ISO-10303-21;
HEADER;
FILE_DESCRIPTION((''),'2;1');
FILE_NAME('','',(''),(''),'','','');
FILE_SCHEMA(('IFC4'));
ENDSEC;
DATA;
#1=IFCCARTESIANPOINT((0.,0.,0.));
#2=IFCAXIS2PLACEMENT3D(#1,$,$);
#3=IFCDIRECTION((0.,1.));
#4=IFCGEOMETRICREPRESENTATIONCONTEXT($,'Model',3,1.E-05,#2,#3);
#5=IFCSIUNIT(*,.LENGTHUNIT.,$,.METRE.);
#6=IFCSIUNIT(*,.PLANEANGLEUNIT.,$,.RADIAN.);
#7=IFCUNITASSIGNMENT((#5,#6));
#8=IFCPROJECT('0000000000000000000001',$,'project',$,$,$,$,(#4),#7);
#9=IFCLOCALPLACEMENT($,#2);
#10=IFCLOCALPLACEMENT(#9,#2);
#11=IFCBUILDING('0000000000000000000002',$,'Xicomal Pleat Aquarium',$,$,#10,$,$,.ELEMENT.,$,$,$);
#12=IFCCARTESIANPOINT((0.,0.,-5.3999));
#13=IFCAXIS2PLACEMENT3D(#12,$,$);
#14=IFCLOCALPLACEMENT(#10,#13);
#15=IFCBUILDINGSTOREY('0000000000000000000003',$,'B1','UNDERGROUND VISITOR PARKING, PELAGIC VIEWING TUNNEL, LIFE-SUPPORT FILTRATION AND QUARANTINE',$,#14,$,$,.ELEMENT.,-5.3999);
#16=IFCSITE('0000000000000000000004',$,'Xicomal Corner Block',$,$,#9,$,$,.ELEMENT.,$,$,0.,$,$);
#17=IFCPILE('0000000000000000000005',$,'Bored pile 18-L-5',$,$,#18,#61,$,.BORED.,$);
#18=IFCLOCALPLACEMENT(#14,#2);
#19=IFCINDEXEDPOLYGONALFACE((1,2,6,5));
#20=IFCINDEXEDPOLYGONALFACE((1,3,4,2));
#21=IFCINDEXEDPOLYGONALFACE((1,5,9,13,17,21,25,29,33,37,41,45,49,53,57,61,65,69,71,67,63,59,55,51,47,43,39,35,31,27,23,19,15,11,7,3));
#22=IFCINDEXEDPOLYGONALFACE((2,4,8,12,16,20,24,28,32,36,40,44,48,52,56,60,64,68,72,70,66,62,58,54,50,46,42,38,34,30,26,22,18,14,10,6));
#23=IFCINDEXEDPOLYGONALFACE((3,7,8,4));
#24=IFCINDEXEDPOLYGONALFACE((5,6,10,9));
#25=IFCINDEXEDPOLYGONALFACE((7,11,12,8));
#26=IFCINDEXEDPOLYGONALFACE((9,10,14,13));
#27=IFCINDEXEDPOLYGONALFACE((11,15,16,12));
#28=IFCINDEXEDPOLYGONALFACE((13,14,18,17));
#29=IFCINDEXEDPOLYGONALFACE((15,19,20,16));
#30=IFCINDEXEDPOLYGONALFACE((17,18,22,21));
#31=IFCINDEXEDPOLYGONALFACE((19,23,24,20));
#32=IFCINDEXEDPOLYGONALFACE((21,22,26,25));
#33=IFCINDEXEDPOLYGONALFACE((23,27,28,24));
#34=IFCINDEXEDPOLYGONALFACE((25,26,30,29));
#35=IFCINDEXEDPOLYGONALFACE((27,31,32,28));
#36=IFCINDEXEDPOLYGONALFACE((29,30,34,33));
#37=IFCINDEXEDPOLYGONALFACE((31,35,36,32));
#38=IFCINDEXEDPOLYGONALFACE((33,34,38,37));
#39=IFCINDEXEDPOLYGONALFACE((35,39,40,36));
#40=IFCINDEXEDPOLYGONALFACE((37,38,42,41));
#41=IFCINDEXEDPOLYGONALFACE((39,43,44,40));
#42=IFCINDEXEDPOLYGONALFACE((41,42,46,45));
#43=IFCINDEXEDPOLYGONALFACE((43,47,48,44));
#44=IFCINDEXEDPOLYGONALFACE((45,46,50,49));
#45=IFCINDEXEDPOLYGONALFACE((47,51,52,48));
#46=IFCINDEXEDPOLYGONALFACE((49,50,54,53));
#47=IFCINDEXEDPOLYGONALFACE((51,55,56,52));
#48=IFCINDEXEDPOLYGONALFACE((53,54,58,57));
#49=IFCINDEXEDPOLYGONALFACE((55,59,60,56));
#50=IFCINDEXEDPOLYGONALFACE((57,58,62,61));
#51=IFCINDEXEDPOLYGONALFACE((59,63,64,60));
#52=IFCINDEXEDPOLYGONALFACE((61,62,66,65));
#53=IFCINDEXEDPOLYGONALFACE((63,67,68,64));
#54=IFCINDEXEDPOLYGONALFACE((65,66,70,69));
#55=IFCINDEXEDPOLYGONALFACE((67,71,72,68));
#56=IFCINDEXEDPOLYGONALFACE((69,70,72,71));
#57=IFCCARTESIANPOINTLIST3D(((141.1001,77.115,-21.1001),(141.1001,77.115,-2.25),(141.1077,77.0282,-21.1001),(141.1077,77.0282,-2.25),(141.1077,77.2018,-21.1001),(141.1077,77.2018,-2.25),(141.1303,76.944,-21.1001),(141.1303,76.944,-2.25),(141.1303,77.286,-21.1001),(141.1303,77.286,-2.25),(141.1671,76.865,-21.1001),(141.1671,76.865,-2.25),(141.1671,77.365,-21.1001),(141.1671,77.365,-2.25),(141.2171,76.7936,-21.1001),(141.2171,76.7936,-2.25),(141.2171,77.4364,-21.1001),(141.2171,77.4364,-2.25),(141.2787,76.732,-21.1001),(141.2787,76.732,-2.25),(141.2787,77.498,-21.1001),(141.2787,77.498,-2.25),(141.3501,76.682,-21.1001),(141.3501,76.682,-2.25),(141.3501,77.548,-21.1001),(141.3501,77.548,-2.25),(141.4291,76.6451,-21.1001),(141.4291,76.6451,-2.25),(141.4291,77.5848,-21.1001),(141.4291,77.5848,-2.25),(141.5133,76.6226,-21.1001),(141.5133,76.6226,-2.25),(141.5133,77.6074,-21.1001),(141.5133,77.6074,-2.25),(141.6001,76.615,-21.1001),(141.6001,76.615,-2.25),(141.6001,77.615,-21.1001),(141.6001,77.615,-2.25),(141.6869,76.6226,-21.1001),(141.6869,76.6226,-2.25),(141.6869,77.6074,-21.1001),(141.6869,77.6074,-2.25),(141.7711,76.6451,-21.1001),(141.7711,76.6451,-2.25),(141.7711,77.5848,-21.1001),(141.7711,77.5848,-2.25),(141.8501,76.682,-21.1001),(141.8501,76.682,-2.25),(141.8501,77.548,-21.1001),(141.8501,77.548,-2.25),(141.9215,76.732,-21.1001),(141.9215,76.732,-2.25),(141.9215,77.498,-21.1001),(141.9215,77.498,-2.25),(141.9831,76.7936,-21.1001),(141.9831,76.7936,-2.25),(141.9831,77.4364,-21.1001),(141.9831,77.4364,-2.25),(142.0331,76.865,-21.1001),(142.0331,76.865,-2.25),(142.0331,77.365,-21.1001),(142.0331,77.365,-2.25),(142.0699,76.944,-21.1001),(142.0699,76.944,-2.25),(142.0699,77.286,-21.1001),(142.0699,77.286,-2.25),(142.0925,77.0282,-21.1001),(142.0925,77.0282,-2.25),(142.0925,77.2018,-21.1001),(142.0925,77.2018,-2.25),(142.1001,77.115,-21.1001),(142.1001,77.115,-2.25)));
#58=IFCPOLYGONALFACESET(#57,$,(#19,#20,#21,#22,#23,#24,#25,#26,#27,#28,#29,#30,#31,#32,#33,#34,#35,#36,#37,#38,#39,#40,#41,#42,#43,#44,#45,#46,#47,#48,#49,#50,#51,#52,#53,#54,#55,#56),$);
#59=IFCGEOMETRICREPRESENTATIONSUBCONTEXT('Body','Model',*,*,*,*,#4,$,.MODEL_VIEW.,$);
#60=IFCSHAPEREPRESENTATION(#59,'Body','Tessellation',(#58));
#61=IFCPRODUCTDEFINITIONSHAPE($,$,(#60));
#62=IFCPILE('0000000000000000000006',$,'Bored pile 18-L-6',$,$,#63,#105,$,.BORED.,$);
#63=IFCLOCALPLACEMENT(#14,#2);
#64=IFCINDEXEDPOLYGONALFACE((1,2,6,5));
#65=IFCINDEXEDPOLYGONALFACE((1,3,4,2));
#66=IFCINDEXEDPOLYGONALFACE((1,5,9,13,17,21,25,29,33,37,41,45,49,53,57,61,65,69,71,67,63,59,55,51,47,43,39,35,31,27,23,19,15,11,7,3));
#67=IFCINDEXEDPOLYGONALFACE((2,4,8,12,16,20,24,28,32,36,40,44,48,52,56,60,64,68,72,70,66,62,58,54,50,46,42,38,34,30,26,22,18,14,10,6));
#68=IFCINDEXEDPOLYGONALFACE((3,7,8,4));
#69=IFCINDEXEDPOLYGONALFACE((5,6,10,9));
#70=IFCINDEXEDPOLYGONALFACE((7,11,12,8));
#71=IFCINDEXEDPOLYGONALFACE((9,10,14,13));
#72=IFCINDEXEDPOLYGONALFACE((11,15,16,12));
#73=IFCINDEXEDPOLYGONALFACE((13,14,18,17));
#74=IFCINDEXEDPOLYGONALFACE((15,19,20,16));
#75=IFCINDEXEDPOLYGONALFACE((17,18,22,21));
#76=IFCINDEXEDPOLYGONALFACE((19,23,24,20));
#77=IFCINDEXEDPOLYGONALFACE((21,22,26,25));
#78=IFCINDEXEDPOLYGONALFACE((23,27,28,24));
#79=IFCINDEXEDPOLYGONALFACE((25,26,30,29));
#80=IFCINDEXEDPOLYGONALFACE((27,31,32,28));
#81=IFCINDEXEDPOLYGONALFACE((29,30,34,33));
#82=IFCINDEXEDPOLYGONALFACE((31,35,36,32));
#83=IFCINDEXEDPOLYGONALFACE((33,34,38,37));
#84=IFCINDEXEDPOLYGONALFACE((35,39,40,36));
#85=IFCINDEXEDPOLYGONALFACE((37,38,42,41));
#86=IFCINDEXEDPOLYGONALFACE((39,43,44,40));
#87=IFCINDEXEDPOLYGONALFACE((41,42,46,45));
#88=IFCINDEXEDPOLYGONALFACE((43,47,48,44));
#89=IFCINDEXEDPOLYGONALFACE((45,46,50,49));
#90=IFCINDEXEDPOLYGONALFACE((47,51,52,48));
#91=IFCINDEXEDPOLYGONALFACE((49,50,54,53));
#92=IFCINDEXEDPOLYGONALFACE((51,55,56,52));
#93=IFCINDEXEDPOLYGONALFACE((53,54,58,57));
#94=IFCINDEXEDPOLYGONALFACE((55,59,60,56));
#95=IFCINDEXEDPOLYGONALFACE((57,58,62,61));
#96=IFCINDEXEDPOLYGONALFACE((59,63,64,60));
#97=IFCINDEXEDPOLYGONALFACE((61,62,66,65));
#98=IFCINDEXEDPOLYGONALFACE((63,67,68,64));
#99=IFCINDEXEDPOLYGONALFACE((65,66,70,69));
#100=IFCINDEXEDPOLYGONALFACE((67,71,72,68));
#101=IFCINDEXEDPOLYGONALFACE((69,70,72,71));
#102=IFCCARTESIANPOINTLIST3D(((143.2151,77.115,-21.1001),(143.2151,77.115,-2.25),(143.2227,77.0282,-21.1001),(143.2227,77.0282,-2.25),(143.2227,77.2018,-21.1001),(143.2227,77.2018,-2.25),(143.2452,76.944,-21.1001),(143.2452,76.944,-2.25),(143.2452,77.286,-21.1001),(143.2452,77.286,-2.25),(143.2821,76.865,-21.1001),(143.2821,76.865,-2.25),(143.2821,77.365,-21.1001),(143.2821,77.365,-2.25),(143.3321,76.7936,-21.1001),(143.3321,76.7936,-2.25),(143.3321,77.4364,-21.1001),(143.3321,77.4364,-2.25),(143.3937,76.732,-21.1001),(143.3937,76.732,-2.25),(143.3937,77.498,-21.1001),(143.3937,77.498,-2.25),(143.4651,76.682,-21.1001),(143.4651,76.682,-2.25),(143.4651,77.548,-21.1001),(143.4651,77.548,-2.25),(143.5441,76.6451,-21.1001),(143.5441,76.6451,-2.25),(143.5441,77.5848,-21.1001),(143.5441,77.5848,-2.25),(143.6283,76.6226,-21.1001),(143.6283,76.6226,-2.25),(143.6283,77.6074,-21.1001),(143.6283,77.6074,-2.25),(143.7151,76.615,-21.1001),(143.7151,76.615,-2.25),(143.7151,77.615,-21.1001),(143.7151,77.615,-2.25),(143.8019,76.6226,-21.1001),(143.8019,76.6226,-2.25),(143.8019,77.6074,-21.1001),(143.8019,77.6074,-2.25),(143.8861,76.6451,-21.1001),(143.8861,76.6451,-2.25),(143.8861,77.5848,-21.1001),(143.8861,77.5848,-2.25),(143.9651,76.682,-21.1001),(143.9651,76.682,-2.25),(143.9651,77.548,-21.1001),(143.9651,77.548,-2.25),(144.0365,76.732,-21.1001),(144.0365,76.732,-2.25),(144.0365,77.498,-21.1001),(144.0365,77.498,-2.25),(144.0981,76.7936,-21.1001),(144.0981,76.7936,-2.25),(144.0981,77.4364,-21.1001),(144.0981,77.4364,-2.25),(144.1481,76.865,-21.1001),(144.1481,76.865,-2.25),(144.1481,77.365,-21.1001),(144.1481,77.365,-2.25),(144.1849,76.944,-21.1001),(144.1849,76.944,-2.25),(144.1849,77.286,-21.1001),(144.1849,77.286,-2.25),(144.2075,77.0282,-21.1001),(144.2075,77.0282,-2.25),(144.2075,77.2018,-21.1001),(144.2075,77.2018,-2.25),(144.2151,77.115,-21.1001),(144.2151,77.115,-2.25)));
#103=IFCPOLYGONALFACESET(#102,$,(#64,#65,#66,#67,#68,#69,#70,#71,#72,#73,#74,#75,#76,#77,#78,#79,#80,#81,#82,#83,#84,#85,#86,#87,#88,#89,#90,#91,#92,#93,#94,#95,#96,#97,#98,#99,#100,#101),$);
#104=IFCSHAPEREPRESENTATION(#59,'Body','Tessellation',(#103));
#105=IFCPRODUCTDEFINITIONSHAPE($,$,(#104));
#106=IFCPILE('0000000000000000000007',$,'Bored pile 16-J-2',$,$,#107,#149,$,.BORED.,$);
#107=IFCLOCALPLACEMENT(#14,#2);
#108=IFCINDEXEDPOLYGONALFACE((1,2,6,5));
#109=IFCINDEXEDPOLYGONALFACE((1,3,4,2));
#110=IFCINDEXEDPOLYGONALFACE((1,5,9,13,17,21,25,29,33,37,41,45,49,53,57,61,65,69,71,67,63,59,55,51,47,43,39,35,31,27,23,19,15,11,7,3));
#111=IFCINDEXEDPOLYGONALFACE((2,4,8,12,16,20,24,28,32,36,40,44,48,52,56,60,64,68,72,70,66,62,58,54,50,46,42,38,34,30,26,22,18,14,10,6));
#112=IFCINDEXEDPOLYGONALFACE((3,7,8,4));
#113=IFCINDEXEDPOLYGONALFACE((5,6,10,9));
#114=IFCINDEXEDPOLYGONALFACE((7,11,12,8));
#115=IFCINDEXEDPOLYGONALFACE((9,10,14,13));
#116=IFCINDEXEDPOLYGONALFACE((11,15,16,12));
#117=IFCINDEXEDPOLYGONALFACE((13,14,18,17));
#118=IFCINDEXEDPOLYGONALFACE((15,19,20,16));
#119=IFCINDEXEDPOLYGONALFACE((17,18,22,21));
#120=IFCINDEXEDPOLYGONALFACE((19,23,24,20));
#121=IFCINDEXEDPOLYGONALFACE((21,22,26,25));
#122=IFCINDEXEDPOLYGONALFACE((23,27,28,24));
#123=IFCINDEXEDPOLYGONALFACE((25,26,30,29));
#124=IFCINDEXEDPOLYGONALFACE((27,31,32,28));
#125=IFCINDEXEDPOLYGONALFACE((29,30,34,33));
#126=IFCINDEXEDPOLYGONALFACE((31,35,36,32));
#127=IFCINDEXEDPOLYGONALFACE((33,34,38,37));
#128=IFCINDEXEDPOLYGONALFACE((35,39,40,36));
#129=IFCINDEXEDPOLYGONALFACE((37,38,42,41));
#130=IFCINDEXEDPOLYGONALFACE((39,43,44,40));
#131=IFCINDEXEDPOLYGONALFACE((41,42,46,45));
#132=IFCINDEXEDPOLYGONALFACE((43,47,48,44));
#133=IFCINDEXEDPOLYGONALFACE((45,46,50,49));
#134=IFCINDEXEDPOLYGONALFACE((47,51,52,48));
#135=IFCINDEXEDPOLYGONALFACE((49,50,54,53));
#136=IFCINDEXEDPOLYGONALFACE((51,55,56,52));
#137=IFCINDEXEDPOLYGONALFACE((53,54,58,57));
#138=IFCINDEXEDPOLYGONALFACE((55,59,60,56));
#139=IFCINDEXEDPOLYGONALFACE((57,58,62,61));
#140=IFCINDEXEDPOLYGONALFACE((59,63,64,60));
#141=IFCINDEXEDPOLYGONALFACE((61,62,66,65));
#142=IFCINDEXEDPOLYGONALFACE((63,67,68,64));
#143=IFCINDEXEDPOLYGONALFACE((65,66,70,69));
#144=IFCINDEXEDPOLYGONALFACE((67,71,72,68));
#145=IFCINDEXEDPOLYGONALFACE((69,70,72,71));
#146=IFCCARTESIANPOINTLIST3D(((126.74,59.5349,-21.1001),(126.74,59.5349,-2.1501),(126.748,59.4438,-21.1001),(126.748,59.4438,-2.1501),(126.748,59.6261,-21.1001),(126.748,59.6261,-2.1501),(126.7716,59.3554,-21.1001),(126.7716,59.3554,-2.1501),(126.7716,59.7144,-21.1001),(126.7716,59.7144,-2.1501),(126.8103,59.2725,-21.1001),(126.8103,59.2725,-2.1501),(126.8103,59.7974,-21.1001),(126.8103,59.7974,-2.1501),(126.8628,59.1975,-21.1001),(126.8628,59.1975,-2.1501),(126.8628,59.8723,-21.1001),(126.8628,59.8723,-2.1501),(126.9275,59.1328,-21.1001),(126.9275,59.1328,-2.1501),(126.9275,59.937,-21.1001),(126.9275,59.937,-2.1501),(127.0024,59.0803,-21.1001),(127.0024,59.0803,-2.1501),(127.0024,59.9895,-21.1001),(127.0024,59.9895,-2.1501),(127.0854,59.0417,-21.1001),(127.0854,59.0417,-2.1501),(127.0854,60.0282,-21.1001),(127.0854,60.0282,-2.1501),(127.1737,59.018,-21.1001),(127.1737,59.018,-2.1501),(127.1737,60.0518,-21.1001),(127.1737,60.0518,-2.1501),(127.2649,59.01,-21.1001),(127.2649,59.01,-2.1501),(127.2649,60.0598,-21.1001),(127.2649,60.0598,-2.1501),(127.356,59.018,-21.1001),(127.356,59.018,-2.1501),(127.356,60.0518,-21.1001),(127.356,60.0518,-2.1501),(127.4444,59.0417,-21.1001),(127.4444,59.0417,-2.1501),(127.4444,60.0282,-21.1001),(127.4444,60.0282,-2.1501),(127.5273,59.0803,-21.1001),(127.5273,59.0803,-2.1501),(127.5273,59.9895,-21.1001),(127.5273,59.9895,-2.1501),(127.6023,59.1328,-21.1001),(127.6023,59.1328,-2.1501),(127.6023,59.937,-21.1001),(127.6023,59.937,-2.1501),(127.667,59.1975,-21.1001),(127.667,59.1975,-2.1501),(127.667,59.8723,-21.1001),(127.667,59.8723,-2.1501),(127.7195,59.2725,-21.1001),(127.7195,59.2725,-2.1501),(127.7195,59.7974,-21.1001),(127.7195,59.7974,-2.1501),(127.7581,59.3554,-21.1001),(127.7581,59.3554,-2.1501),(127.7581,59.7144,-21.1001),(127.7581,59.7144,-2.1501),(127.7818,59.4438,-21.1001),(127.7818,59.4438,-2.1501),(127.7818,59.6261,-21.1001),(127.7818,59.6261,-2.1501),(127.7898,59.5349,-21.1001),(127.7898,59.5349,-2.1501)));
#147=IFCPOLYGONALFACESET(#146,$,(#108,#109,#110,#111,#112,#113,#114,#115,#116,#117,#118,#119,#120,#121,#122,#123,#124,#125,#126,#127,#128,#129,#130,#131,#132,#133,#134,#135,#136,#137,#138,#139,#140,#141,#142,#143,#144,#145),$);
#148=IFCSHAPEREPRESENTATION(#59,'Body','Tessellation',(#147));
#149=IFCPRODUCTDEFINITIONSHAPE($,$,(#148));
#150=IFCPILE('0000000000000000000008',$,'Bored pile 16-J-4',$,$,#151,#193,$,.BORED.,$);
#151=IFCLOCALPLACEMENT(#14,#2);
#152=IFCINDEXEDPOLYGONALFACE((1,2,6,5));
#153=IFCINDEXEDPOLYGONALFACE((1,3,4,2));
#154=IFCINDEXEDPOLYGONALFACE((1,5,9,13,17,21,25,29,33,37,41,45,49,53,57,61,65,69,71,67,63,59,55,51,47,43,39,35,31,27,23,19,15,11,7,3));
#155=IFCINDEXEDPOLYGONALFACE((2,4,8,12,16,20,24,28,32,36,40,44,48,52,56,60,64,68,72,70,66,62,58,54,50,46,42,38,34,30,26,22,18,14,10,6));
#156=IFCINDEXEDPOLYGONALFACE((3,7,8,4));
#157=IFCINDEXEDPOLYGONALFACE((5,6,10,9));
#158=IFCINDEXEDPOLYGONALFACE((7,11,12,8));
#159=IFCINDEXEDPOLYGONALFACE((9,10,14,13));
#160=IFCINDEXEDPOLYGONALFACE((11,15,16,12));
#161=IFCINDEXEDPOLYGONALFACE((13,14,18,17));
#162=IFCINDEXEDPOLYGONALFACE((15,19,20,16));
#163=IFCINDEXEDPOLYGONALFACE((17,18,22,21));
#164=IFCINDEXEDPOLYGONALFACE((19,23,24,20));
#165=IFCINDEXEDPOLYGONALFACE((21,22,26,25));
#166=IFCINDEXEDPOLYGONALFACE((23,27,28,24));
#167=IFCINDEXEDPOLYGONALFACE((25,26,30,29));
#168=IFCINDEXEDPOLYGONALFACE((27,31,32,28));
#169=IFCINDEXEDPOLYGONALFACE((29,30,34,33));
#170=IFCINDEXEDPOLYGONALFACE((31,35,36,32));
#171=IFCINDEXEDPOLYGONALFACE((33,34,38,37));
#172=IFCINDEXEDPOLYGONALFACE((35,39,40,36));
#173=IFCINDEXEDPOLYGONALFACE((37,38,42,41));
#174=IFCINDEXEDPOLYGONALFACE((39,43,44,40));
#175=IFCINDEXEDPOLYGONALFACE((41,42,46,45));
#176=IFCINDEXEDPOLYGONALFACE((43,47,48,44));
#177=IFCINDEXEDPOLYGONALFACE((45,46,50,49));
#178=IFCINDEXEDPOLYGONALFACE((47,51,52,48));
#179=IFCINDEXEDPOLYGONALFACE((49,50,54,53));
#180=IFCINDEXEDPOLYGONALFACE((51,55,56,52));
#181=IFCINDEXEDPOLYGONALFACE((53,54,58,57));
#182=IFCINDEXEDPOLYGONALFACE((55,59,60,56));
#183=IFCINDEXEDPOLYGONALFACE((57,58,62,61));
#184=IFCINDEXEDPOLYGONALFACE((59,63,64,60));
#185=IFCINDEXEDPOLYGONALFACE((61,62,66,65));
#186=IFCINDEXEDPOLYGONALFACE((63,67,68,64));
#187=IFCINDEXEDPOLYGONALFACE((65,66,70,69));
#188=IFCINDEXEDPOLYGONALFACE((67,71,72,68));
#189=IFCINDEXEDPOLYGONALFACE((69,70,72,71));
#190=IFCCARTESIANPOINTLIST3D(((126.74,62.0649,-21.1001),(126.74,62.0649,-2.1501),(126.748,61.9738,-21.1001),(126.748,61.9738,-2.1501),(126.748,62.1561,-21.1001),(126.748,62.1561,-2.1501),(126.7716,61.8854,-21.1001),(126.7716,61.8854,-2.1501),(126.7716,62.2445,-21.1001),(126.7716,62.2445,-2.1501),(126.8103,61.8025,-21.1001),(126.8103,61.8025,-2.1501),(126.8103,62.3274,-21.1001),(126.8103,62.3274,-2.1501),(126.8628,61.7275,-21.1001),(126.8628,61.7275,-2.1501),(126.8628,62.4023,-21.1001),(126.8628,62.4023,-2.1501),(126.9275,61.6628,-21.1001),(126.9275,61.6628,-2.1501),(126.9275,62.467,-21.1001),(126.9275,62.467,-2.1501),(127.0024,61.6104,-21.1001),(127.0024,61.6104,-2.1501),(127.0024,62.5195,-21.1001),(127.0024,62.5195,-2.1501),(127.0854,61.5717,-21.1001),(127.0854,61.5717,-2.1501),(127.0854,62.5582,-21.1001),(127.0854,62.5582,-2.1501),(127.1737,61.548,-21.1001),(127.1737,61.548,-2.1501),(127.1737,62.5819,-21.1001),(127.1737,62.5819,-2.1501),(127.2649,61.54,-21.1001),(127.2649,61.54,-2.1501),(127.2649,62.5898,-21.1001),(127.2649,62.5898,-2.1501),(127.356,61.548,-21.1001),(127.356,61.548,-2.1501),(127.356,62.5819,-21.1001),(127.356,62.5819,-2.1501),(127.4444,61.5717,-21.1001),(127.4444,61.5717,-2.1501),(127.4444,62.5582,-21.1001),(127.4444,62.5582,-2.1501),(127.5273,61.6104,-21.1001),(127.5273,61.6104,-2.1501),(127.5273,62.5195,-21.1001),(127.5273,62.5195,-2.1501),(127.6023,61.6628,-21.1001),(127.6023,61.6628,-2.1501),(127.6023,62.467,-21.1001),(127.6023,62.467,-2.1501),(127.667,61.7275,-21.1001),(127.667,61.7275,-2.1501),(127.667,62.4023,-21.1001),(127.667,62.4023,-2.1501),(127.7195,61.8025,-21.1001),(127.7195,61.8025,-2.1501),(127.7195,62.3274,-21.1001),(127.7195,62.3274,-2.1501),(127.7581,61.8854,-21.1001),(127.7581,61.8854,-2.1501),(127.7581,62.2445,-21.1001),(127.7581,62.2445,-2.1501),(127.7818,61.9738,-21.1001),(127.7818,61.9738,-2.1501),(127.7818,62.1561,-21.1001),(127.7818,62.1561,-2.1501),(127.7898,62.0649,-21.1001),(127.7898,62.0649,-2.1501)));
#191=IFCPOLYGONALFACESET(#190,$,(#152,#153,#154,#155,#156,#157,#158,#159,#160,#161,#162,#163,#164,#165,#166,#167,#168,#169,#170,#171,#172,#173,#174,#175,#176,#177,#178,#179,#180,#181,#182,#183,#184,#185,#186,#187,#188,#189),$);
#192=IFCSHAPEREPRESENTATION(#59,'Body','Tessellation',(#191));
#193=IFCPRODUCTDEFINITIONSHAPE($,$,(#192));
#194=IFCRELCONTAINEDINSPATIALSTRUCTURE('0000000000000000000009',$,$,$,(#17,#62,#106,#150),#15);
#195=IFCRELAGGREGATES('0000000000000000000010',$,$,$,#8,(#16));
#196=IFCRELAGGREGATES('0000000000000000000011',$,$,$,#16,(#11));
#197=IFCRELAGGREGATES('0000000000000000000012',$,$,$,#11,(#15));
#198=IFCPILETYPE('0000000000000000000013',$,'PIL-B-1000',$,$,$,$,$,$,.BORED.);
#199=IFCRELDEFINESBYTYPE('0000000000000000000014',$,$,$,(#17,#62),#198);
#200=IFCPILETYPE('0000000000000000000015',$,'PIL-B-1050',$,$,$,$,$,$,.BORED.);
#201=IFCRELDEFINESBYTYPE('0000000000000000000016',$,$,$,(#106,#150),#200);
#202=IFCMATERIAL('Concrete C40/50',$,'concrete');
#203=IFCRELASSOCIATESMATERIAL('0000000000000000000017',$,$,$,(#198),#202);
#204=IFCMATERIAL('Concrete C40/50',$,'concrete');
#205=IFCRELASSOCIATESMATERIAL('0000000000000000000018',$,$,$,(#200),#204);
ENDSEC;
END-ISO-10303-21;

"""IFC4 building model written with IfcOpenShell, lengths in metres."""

from ifc_helpers import new_model, si_unit, direction, frame, origin, origin_2d, place, context, subcontext, project, spatial, circle, extrude, material, material_profile, profile_set, type_object, element, save


model = new_model("IFC4")

# Units and contexts
model_context = context("Model", 3, precision=1e-05, world=origin(), true_north=direction((0.0, 1.0)))
body_context = subcontext(model_context, "Body", "Model", "MODEL_VIEW")
ifc_project = project(units=[si_unit("LENGTHUNIT", "METRE"), si_unit("PLANEANGLEUNIT", "RADIAN")], contexts=[model_context])

# Site, building, storey
site_placement = place(None, origin())
site = spatial("IfcSite", under=ifc_project, at=site_placement, Name="Xicomal Corner Block", CompositionType="ELEMENT", RefElevation=0.0)
building_placement = place(site_placement, origin())
building = spatial("IfcBuilding", under=site, at=building_placement, Name="Xicomal Pleat Aquarium", CompositionType="ELEMENT")
storey_placement = place(building_placement, frame((0.0, 0.0, -5.3999)))
storey = spatial("IfcBuildingStorey", under=building, at=storey_placement, Name="B1", Description="UNDERGROUND VISITOR PARKING, PELAGIC VIEWING TUNNEL, LIFE-SUPPORT FILTRATION AND QUARANTINE", CompositionType="ELEMENT", Elevation=-5.3999)

# Piles
ifc_material_1 = material(Name="Concrete C40/50", Category="concrete")
ifc_material_profile_1 = material_profile(ifc_material_1, circle(Radius=0.5, at=origin_2d()), Name="BORED PILE D1000")
ifc_profile_set_1 = profile_set([ifc_material_profile_1], Name="Concrete C40/50")
pile_type_1 = type_object("IfcPileType", Name="PIL-B-1000", PredefinedType="BORED", material=ifc_profile_set_1)
for number, where, z_axis, x_axis, name in (
    (1, (141.6001, 77.115, -2.25), (0.0, 0.0, -1.0), (1.0, 0.0, 0.0), "Bored pile 18-L-5"),
    (2, (143.7151, 77.115, -2.25), (0.0, 0.0, -1.0), (1.0, 0.0, 0.0), "Bored pile 18-L-6"),
):
    element("IfcPile", number, at=place(storey_placement, frame(where, z_axis=z_axis, x_axis=x_axis)), inside=storey, type_object=pile_type_1, Name=name, PredefinedType="BORED", context=body_context, shape_type="SweptSolid", body=[
        extrude(circle(Radius=0.5, at=origin_2d()), origin(), (0.0, 0.0, 1.0), 18.8501),
    ])
ifc_material_2 = material(Name="Concrete C40/50", Category="concrete")
ifc_material_profile_2 = material_profile(ifc_material_2, circle(Radius=0.5249, at=origin_2d()), Name="BORED PILE D1050")
ifc_profile_set_2 = profile_set([ifc_material_profile_2], Name="Concrete C40/50")
pile_type_2 = type_object("IfcPileType", Name="PIL-B-1050", PredefinedType="BORED", material=ifc_profile_set_2)
for number, where, z_axis, x_axis, name in (
    (3, (127.2649, 59.5349, -2.1501), (0.0, 0.0, -1.0), (1.0, 0.0, 0.0), "Bored pile 16-J-2"),
    (4, (127.2649, 62.0649, -2.1501), (0.0, 0.0, -1.0), (1.0, 0.0, 0.0), "Bored pile 16-J-4"),
):
    element("IfcPile", number, at=place(storey_placement, frame(where, z_axis=z_axis, x_axis=x_axis)), inside=storey, type_object=pile_type_2, Name=name, PredefinedType="BORED", context=body_context, shape_type="SweptSolid", body=[
        extrude(circle(Radius=0.5249, at=origin_2d()), origin(), (0.0, 0.0, 1.0), 18.95),
    ])

save(model, "model.ifc")
